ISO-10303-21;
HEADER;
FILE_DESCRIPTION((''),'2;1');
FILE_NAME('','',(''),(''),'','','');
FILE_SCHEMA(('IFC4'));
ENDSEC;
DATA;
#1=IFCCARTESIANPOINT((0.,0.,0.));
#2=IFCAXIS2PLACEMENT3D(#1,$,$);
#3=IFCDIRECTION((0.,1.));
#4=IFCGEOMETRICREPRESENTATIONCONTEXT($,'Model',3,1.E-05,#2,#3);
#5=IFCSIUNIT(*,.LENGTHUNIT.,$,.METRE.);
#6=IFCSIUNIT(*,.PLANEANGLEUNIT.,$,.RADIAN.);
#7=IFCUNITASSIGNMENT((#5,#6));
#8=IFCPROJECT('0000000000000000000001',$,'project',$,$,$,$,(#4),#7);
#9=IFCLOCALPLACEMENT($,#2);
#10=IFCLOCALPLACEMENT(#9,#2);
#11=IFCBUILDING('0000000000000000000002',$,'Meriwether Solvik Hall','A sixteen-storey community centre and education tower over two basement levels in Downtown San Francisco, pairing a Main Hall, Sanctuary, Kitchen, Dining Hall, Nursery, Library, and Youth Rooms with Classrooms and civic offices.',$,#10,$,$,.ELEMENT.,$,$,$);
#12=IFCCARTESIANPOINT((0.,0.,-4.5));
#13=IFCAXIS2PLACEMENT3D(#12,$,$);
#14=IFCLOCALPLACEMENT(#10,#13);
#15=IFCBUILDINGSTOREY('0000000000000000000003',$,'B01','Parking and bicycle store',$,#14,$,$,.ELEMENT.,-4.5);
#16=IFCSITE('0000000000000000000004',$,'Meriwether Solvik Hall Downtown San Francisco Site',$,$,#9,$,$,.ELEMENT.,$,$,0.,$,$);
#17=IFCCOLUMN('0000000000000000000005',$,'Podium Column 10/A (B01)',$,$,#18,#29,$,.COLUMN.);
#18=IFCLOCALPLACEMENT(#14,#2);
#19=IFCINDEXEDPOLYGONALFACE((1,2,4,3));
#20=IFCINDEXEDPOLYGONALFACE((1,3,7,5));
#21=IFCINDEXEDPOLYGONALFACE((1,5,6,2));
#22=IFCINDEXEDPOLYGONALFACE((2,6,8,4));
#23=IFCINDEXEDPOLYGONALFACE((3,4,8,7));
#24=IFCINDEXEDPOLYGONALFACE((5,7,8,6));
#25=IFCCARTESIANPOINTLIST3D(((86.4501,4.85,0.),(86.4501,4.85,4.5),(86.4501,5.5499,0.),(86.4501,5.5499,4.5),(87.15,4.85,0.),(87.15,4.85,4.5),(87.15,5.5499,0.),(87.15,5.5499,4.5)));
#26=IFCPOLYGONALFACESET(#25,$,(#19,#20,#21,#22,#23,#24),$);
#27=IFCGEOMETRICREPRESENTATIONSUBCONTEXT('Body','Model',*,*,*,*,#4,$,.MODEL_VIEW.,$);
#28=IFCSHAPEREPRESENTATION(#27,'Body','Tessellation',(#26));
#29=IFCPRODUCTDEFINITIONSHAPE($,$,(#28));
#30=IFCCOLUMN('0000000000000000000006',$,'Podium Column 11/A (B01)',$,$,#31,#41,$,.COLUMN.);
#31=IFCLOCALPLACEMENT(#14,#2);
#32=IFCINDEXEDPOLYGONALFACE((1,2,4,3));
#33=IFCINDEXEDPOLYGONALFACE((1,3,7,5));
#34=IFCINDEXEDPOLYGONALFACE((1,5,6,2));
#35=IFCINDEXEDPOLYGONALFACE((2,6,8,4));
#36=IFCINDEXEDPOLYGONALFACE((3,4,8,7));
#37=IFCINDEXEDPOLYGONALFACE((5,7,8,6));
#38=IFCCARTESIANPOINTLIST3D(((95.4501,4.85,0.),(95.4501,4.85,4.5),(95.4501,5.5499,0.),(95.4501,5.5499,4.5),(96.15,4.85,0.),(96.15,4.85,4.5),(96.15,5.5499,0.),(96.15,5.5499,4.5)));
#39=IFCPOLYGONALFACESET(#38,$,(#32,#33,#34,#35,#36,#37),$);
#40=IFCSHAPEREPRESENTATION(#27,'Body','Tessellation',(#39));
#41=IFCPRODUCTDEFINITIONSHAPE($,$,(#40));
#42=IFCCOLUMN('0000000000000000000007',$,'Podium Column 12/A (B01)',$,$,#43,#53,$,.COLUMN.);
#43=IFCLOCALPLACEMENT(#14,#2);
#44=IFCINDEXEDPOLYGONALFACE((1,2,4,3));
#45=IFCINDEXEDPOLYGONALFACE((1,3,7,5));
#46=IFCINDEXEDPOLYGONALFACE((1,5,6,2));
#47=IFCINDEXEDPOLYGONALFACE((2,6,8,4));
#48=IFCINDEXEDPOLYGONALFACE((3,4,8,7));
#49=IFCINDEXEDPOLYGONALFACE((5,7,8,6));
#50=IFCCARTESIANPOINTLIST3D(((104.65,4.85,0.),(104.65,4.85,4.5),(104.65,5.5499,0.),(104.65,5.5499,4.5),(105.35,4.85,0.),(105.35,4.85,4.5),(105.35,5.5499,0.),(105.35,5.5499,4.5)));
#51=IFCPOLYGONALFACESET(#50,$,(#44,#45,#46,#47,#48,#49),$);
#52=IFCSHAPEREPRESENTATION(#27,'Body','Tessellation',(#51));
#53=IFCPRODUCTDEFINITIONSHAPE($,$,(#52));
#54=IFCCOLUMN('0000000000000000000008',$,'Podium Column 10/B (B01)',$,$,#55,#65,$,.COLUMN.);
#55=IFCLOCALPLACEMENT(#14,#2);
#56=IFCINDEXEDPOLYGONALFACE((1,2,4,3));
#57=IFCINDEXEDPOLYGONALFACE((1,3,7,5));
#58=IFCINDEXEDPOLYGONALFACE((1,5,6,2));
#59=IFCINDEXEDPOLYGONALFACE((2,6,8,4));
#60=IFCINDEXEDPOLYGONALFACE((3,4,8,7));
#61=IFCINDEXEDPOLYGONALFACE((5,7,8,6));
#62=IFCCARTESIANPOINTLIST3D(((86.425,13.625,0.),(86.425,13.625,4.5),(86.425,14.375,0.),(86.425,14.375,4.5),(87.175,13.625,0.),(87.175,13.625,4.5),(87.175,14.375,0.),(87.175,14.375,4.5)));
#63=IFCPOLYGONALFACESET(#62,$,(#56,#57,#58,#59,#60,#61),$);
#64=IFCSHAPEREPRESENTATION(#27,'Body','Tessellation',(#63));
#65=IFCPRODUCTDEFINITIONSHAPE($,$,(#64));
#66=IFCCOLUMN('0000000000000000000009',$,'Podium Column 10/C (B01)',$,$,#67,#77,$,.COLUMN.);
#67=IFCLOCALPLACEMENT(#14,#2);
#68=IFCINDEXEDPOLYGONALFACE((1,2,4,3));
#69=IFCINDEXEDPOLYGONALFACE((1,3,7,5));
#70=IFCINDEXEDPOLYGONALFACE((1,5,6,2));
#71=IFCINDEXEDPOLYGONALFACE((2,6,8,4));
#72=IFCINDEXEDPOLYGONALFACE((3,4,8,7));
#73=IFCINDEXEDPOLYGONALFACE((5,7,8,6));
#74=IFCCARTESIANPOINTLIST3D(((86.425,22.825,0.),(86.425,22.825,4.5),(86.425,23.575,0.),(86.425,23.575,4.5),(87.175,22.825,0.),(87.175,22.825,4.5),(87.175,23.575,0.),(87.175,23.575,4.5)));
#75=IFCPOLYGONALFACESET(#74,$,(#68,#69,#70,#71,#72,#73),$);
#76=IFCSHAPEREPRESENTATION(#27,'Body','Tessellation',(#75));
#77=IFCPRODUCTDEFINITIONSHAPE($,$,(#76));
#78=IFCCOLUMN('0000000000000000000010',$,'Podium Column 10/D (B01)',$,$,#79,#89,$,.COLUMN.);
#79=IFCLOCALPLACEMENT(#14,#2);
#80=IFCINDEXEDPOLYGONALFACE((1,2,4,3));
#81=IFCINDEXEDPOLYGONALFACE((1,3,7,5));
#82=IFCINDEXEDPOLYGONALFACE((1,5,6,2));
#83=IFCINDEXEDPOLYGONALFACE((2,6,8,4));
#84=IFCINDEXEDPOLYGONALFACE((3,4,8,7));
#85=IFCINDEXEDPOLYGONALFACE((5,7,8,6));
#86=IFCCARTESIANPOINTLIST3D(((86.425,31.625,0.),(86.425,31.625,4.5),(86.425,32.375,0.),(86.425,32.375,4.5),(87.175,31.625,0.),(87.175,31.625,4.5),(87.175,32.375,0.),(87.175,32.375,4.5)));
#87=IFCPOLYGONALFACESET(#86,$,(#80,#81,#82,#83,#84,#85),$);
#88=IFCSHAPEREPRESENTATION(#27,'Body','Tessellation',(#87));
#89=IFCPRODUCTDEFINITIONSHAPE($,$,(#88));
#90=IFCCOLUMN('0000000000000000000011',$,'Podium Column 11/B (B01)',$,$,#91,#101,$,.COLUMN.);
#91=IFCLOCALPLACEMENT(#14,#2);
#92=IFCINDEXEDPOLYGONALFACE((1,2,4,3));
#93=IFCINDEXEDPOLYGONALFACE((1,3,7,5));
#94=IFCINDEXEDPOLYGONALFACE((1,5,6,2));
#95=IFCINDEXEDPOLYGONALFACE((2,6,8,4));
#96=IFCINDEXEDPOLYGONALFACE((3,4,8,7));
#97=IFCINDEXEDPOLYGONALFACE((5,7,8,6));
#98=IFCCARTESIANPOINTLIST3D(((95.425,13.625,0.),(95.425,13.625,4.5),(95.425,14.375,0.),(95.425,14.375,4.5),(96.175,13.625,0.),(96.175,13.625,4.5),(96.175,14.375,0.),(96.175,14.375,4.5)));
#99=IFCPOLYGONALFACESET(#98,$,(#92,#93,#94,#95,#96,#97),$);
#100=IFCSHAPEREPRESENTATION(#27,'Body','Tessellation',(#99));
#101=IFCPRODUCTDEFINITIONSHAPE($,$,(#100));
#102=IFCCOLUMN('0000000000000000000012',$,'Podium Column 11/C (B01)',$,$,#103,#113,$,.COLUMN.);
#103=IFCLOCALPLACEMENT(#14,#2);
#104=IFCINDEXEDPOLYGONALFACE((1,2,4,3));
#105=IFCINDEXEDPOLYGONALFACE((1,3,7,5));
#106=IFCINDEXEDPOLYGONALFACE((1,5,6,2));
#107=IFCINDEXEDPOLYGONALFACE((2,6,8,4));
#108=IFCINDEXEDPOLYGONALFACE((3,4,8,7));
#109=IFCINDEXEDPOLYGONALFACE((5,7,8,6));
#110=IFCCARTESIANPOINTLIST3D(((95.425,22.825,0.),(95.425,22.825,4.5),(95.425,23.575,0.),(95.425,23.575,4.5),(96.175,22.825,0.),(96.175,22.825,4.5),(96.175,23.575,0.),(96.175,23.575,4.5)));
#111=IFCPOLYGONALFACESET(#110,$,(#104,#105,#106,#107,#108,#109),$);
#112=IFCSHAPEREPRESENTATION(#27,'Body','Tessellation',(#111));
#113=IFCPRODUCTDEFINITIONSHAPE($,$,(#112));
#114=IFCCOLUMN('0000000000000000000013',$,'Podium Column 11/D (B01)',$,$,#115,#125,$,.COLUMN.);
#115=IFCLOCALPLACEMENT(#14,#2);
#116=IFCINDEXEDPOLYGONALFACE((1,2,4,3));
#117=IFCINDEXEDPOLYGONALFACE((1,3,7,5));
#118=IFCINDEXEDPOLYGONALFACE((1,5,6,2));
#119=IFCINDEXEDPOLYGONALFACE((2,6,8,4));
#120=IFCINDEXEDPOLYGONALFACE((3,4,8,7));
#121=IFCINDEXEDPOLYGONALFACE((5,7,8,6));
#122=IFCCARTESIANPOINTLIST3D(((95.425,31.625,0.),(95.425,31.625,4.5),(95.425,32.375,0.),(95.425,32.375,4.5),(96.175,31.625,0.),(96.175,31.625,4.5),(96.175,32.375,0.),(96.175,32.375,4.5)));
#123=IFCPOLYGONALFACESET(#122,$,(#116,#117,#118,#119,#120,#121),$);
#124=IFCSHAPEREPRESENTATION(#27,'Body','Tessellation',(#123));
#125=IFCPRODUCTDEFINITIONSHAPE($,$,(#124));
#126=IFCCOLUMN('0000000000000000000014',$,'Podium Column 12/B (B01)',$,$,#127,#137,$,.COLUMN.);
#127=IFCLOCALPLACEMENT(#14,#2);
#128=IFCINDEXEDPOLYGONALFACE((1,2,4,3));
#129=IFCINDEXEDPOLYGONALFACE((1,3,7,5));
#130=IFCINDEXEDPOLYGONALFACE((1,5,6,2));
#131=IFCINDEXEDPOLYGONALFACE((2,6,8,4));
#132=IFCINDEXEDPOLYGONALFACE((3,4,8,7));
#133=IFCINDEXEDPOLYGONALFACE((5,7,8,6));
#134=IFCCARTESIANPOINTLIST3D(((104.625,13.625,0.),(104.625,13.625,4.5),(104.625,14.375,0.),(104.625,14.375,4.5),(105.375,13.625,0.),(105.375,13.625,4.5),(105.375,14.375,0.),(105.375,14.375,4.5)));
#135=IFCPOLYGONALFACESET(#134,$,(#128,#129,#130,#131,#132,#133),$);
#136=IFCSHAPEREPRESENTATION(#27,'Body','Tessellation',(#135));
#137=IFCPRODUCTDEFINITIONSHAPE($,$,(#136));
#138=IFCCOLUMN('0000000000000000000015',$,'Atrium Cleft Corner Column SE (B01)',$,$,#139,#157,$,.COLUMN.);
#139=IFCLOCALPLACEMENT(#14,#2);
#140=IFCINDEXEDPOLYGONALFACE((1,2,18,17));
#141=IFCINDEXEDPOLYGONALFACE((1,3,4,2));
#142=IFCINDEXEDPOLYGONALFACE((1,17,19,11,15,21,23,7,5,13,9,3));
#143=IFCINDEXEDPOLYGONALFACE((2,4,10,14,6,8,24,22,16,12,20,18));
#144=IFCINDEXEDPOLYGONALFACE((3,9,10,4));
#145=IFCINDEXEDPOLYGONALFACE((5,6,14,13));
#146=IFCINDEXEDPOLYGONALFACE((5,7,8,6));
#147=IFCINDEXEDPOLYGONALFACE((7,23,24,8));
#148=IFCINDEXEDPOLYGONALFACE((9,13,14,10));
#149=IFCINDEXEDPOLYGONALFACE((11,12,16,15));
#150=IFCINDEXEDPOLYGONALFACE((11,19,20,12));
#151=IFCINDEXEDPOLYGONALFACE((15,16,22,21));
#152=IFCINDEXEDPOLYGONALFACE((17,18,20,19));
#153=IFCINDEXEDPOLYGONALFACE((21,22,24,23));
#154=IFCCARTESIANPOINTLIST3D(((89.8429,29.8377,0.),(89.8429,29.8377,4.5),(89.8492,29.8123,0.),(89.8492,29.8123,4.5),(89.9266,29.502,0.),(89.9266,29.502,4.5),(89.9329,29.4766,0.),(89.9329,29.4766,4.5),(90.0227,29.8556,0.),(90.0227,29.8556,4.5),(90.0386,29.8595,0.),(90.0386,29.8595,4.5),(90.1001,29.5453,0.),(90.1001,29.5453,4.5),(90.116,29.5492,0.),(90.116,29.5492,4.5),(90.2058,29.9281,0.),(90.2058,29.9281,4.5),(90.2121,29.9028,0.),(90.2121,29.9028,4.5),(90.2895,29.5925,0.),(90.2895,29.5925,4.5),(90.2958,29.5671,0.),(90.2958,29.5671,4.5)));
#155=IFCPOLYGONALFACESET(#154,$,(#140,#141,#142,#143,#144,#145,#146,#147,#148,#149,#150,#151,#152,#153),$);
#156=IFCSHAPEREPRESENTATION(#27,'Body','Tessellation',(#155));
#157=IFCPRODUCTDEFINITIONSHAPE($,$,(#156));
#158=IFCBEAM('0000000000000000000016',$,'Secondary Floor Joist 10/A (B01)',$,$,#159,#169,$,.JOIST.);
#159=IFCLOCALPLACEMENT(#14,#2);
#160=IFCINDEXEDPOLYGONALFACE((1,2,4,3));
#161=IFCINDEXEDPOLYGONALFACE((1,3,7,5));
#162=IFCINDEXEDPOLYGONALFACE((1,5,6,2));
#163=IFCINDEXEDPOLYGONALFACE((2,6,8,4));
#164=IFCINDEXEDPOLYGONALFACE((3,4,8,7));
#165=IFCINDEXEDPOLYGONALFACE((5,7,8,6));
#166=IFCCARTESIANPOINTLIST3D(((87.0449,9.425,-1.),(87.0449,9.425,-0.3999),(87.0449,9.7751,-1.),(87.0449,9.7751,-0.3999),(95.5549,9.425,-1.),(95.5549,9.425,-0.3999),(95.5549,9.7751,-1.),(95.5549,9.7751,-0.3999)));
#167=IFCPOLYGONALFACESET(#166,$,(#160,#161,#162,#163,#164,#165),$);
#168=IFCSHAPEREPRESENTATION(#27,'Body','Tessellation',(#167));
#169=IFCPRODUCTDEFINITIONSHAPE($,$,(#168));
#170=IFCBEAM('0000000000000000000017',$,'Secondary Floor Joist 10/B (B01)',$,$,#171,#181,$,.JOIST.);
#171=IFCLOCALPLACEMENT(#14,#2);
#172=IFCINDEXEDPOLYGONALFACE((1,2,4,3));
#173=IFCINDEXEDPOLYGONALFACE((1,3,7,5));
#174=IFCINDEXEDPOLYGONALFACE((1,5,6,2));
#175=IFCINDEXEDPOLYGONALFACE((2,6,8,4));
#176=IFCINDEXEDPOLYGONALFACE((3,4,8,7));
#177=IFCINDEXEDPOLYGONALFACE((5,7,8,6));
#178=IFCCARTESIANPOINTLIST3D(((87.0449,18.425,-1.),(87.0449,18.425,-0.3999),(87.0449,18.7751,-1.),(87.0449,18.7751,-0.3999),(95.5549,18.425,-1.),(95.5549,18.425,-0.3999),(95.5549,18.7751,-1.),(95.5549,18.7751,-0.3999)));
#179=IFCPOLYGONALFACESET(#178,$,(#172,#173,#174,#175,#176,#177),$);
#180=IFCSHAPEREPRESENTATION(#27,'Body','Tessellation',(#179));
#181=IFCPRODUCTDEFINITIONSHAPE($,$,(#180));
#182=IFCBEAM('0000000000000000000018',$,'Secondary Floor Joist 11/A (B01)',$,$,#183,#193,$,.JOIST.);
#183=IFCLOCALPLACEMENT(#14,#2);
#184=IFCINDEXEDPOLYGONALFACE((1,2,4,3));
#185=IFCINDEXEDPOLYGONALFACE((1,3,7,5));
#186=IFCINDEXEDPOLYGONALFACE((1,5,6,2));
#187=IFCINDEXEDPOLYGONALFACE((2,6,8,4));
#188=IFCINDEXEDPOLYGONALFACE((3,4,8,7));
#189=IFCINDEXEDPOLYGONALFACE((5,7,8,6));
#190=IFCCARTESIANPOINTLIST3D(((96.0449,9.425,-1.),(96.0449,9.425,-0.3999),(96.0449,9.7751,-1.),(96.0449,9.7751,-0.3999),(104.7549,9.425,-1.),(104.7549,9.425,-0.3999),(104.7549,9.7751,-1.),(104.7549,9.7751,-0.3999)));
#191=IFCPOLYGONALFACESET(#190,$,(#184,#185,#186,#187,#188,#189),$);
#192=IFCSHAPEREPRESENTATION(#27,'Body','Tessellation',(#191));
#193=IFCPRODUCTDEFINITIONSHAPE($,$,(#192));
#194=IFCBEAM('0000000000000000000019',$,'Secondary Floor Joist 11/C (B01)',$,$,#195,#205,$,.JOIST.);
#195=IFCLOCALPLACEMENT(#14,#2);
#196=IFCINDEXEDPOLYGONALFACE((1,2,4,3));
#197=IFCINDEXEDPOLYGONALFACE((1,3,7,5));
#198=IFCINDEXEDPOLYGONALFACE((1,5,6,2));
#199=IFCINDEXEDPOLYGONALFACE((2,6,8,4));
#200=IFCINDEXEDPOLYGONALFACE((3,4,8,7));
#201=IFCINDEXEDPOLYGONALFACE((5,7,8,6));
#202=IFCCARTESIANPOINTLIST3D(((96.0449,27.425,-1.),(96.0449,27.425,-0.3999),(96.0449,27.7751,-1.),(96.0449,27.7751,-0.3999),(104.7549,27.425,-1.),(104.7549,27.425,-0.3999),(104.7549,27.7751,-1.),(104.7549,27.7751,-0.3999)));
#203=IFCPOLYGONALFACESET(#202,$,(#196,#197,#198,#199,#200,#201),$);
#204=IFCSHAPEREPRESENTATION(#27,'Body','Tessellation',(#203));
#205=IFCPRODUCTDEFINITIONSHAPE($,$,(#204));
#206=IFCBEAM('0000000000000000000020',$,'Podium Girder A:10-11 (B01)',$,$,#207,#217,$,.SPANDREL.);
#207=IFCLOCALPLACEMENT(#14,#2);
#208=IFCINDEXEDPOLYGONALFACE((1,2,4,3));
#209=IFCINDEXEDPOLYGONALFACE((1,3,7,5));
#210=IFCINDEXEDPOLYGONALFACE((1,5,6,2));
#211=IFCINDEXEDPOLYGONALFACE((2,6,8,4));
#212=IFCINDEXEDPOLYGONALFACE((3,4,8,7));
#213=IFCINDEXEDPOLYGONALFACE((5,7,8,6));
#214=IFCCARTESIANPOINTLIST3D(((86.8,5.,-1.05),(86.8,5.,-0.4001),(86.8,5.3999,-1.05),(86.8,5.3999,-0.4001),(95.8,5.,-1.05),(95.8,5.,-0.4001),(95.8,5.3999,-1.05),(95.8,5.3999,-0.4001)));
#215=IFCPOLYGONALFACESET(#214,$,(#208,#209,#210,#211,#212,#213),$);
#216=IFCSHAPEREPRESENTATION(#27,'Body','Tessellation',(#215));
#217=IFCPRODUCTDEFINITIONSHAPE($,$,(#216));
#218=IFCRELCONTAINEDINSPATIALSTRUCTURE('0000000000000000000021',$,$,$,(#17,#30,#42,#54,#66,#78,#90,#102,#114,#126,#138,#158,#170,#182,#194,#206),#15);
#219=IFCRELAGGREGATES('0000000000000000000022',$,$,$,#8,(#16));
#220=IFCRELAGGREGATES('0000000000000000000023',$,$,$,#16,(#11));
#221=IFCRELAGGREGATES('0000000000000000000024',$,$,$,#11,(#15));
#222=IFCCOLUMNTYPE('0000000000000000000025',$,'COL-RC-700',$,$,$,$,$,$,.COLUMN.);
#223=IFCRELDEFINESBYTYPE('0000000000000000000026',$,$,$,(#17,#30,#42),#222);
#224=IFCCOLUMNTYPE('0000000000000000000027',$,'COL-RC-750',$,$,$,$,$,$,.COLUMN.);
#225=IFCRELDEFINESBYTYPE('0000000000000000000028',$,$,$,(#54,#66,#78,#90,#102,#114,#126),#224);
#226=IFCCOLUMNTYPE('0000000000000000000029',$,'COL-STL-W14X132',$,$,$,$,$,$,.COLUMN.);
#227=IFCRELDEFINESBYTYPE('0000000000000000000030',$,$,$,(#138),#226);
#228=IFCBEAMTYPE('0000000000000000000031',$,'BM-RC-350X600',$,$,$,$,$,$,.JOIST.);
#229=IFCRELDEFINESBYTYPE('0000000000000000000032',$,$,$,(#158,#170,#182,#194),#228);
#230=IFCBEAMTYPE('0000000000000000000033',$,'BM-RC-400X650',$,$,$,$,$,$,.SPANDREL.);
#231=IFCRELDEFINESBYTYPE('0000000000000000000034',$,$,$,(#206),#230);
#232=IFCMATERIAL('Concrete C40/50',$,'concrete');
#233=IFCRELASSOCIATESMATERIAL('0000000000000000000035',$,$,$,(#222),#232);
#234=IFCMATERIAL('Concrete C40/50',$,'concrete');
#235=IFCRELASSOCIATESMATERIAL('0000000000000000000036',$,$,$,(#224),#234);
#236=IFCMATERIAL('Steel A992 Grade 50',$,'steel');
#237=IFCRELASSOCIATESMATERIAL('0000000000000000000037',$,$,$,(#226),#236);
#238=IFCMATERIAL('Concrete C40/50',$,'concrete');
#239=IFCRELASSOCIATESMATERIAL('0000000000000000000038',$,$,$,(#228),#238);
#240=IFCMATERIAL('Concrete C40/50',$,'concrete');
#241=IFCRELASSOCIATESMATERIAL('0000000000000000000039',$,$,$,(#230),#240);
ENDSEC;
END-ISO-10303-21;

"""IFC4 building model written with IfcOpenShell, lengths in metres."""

from ifc_helpers import new_model, si_unit, direction, frame, origin, origin_2d, place, context, subcontext, project, spatial, rectangle, i_section, extrude, material, material_profile, profile_set, type_object, element, save


model = new_model("IFC4")

# Units and contexts
model_context = context("Model", 3, precision=1e-05, world=origin(), true_north=direction((0.0, 1.0)))
body_context = subcontext(model_context, "Body", "Model", "MODEL_VIEW")
ifc_project = project(units=[si_unit("LENGTHUNIT", "METRE"), si_unit("PLANEANGLEUNIT", "RADIAN")], contexts=[model_context])

# Site, building, storey
site_placement = place(None, origin())
site = spatial("IfcSite", under=ifc_project, at=site_placement, Name="Meriwether Solvik Hall Downtown San Francisco Site", CompositionType="ELEMENT", RefElevation=0.0)
building_placement = place(site_placement, origin())
building = spatial("IfcBuilding", under=site, at=building_placement, Name="Meriwether Solvik Hall", Description="A sixteen-storey community centre and education tower over two basement levels in Downtown San Francisco, pairing a Main Hall, Sanctuary, Kitchen, Dining Hall, Nursery, Library, and Youth Rooms with Classrooms and civic offices.", CompositionType="ELEMENT")
storey_placement = place(building_placement, frame((0.0, 0.0, -4.5)))
storey = spatial("IfcBuildingStorey", under=building, at=storey_placement, Name="B01", Description="Parking and bicycle store", CompositionType="ELEMENT", Elevation=-4.5)

# Columns
ifc_material_1 = material(Name="Concrete C40/50", Category="concrete")
ifc_material_profile_1 = material_profile(ifc_material_1, rectangle(XDim=0.7, YDim=0.7, at=origin_2d()), Name="RCC-700X700")
ifc_profile_set_1 = profile_set([ifc_material_profile_1], Name="Concrete C40/50")
column_type_1 = type_object("IfcColumnType", Name="COL-RC-700", PredefinedType="COLUMN", material=ifc_profile_set_1)
for number, where, z_axis, x_axis, name in (
    (1, (86.8, 5.2, 0.0), (0.0, 0.0, 1.0), (1.0, 0.0, 0.0), "Podium Column 10/A (B01)"),
    (2, (95.8, 5.2, 0.0), (0.0, 0.0, 1.0), (1.0, 0.0, 0.0), "Podium Column 11/A (B01)"),
    (3, (105.0, 5.2, 0.0), (0.0, 0.0, 1.0), (1.0, 0.0, 0.0), "Podium Column 12/A (B01)"),
):
    element("IfcColumn", number, at=place(storey_placement, frame(where, z_axis=z_axis, x_axis=x_axis)), inside=storey, type_object=column_type_1, Name=name, PredefinedType="COLUMN", context=body_context, shape_type="SweptSolid", body=[
        extrude(rectangle(XDim=0.7, YDim=0.7, at=origin_2d()), origin(), (0.0, 0.0, 1.0), 4.5),
    ])
ifc_material_2 = material(Name="Concrete C40/50", Category="concrete")
ifc_material_profile_2 = material_profile(ifc_material_2, rectangle(XDim=0.75, YDim=0.75, at=origin_2d()), Name="RCC-750X750")
ifc_profile_set_2 = profile_set([ifc_material_profile_2], Name="Concrete C40/50")
column_type_2 = type_object("IfcColumnType", Name="COL-RC-750", PredefinedType="COLUMN", material=ifc_profile_set_2)
for number, where, z_axis, x_axis, name in (
    (4, (86.8, 14.0, 0.0), (0.0, 0.0, 1.0), (1.0, 0.0, 0.0), "Podium Column 10/B (B01)"),
    (5, (86.8, 23.2, 0.0), (0.0, 0.0, 1.0), (1.0, 0.0, 0.0), "Podium Column 10/C (B01)"),
    (6, (86.8, 32.0, 0.0), (0.0, 0.0, 1.0), (1.0, 0.0, 0.0), "Podium Column 10/D (B01)"),
    (7, (95.8, 14.0, 0.0), (0.0, 0.0, 1.0), (1.0, 0.0, 0.0), "Podium Column 11/B (B01)"),
    (8, (95.8, 23.2, 0.0), (0.0, 0.0, 1.0), (1.0, 0.0, 0.0), "Podium Column 11/C (B01)"),
    (9, (95.8, 32.0, 0.0), (0.0, 0.0, 1.0), (1.0, 0.0, 0.0), "Podium Column 11/D (B01)"),
    (10, (105.0, 14.0, 0.0), (0.0, 0.0, 1.0), (1.0, 0.0, 0.0), "Podium Column 12/B (B01)"),
):
    element("IfcColumn", number, at=place(storey_placement, frame(where, z_axis=z_axis, x_axis=x_axis)), inside=storey, type_object=column_type_2, Name=name, PredefinedType="COLUMN", context=body_context, shape_type="SweptSolid", body=[
        extrude(rectangle(XDim=0.75, YDim=0.75, at=origin_2d()), origin(), (0.0, 0.0, 1.0), 4.5),
    ])
ifc_material_3 = material(Name="Steel A992 Grade 50", Category="steel")
ifc_material_profile_3 = material_profile(ifc_material_3, i_section(OverallWidth=0.374, OverallDepth=0.3721, WebThickness=0.0164, FlangeThickness=0.0261, at=origin_2d()), Name="W14X132")
ifc_profile_set_3 = profile_set([ifc_material_profile_3], Name="Steel A992 Grade 50")
column_type_3 = type_object("IfcColumnType", Name="COL-STL-W14X132", PredefinedType="COLUMN", material=ifc_profile_set_3)
column_placement = place(storey_placement, frame((90.0693, 29.7024, 0.0), z_axis=(0.0, 0.0, 1.0), x_axis=(0.970296, 0.241922, 0.0)))
element("IfcColumn", 11, at=column_placement, inside=storey, type_object=column_type_3, Name="Atrium Cleft Corner Column SE (B01)", PredefinedType="COLUMN", context=body_context, shape_type="SweptSolid", body=[
    extrude(i_section(OverallWidth=0.374, OverallDepth=0.3721, WebThickness=0.0164, FlangeThickness=0.0261, at=origin_2d()), origin(), (0.0, 0.0, 1.0), 4.5),
])

# Beams
ifc_material_4 = material(Name="Concrete C40/50", Category="concrete")
ifc_material_profile_4 = material_profile(ifc_material_4, rectangle(XDim=0.3501, YDim=0.6001, at=origin_2d()), Name="RCB-350X600")
ifc_profile_set_4 = profile_set([ifc_material_profile_4], Name="Concrete C40/50")
beam_type_1 = type_object("IfcBeamType", Name="BM-RC-350X600", PredefinedType="JOIST", material=ifc_profile_set_4)
for number, where, z_axis, x_axis, name in (
    (12, (87.0449, 9.6001, -0.7), (1.0, 0.0, 0.0), (0.0, 1.0, 0.0), "Secondary Floor Joist 10/A (B01)"),
    (13, (87.0449, 18.6001, -0.7), (1.0, 0.0, 0.0), (0.0, 1.0, 0.0), "Secondary Floor Joist 10/B (B01)"),
):
    element("IfcBeam", number, at=place(storey_placement, frame(where, z_axis=z_axis, x_axis=x_axis)), inside=storey, type_object=beam_type_1, Name=name, PredefinedType="JOIST", context=body_context, shape_type="SweptSolid", body=[
        extrude(rectangle(XDim=0.3501, YDim=0.6001, at=origin_2d()), origin(), (0.0, 0.0, 1.0), 8.51),
    ])
for number, where, z_axis, x_axis, name in (
    (14, (96.0449, 9.6001, -0.7), (1.0, 0.0, 0.0), (0.0, 1.0, 0.0), "Secondary Floor Joist 11/A (B01)"),
    (15, (96.0449, 27.6001, -0.7), (1.0, 0.0, 0.0), (0.0, 1.0, 0.0), "Secondary Floor Joist 11/C (B01)"),
):
    element("IfcBeam", number, at=place(storey_placement, frame(where, z_axis=z_axis, x_axis=x_axis)), inside=storey, type_object=beam_type_1, Name=name, PredefinedType="JOIST", context=body_context, shape_type="SweptSolid", body=[
        extrude(rectangle(XDim=0.3501, YDim=0.6001, at=origin_2d()), origin(), (0.0, 0.0, 1.0), 8.71),
    ])
ifc_material_5 = material(Name="Concrete C40/50", Category="concrete")
ifc_material_profile_5 = material_profile(ifc_material_5, rectangle(XDim=0.3999, YDim=0.6499, at=origin_2d()), Name="RCB-400X650")
ifc_profile_set_5 = profile_set([ifc_material_profile_5], Name="Concrete C40/50")
beam_type_2 = type_object("IfcBeamType", Name="BM-RC-400X650", PredefinedType="SPANDREL", material=ifc_profile_set_5)
beam_1_placement = place(storey_placement, frame((86.8, 5.2, -0.7251), z_axis=(1.0, 0.0, 0.0), x_axis=(0.0, 1.0, 0.0)))
element("IfcBeam", 16, at=beam_1_placement, inside=storey, type_object=beam_type_2, Name="Podium Girder A:10-11 (B01)", PredefinedType="SPANDREL", context=body_context, shape_type="SweptSolid", body=[
    extrude(rectangle(XDim=0.3999, YDim=0.6499, at=origin_2d()), origin(), (0.0, 0.0, 1.0), 9.0),
])

save(model, "model.ifc")
